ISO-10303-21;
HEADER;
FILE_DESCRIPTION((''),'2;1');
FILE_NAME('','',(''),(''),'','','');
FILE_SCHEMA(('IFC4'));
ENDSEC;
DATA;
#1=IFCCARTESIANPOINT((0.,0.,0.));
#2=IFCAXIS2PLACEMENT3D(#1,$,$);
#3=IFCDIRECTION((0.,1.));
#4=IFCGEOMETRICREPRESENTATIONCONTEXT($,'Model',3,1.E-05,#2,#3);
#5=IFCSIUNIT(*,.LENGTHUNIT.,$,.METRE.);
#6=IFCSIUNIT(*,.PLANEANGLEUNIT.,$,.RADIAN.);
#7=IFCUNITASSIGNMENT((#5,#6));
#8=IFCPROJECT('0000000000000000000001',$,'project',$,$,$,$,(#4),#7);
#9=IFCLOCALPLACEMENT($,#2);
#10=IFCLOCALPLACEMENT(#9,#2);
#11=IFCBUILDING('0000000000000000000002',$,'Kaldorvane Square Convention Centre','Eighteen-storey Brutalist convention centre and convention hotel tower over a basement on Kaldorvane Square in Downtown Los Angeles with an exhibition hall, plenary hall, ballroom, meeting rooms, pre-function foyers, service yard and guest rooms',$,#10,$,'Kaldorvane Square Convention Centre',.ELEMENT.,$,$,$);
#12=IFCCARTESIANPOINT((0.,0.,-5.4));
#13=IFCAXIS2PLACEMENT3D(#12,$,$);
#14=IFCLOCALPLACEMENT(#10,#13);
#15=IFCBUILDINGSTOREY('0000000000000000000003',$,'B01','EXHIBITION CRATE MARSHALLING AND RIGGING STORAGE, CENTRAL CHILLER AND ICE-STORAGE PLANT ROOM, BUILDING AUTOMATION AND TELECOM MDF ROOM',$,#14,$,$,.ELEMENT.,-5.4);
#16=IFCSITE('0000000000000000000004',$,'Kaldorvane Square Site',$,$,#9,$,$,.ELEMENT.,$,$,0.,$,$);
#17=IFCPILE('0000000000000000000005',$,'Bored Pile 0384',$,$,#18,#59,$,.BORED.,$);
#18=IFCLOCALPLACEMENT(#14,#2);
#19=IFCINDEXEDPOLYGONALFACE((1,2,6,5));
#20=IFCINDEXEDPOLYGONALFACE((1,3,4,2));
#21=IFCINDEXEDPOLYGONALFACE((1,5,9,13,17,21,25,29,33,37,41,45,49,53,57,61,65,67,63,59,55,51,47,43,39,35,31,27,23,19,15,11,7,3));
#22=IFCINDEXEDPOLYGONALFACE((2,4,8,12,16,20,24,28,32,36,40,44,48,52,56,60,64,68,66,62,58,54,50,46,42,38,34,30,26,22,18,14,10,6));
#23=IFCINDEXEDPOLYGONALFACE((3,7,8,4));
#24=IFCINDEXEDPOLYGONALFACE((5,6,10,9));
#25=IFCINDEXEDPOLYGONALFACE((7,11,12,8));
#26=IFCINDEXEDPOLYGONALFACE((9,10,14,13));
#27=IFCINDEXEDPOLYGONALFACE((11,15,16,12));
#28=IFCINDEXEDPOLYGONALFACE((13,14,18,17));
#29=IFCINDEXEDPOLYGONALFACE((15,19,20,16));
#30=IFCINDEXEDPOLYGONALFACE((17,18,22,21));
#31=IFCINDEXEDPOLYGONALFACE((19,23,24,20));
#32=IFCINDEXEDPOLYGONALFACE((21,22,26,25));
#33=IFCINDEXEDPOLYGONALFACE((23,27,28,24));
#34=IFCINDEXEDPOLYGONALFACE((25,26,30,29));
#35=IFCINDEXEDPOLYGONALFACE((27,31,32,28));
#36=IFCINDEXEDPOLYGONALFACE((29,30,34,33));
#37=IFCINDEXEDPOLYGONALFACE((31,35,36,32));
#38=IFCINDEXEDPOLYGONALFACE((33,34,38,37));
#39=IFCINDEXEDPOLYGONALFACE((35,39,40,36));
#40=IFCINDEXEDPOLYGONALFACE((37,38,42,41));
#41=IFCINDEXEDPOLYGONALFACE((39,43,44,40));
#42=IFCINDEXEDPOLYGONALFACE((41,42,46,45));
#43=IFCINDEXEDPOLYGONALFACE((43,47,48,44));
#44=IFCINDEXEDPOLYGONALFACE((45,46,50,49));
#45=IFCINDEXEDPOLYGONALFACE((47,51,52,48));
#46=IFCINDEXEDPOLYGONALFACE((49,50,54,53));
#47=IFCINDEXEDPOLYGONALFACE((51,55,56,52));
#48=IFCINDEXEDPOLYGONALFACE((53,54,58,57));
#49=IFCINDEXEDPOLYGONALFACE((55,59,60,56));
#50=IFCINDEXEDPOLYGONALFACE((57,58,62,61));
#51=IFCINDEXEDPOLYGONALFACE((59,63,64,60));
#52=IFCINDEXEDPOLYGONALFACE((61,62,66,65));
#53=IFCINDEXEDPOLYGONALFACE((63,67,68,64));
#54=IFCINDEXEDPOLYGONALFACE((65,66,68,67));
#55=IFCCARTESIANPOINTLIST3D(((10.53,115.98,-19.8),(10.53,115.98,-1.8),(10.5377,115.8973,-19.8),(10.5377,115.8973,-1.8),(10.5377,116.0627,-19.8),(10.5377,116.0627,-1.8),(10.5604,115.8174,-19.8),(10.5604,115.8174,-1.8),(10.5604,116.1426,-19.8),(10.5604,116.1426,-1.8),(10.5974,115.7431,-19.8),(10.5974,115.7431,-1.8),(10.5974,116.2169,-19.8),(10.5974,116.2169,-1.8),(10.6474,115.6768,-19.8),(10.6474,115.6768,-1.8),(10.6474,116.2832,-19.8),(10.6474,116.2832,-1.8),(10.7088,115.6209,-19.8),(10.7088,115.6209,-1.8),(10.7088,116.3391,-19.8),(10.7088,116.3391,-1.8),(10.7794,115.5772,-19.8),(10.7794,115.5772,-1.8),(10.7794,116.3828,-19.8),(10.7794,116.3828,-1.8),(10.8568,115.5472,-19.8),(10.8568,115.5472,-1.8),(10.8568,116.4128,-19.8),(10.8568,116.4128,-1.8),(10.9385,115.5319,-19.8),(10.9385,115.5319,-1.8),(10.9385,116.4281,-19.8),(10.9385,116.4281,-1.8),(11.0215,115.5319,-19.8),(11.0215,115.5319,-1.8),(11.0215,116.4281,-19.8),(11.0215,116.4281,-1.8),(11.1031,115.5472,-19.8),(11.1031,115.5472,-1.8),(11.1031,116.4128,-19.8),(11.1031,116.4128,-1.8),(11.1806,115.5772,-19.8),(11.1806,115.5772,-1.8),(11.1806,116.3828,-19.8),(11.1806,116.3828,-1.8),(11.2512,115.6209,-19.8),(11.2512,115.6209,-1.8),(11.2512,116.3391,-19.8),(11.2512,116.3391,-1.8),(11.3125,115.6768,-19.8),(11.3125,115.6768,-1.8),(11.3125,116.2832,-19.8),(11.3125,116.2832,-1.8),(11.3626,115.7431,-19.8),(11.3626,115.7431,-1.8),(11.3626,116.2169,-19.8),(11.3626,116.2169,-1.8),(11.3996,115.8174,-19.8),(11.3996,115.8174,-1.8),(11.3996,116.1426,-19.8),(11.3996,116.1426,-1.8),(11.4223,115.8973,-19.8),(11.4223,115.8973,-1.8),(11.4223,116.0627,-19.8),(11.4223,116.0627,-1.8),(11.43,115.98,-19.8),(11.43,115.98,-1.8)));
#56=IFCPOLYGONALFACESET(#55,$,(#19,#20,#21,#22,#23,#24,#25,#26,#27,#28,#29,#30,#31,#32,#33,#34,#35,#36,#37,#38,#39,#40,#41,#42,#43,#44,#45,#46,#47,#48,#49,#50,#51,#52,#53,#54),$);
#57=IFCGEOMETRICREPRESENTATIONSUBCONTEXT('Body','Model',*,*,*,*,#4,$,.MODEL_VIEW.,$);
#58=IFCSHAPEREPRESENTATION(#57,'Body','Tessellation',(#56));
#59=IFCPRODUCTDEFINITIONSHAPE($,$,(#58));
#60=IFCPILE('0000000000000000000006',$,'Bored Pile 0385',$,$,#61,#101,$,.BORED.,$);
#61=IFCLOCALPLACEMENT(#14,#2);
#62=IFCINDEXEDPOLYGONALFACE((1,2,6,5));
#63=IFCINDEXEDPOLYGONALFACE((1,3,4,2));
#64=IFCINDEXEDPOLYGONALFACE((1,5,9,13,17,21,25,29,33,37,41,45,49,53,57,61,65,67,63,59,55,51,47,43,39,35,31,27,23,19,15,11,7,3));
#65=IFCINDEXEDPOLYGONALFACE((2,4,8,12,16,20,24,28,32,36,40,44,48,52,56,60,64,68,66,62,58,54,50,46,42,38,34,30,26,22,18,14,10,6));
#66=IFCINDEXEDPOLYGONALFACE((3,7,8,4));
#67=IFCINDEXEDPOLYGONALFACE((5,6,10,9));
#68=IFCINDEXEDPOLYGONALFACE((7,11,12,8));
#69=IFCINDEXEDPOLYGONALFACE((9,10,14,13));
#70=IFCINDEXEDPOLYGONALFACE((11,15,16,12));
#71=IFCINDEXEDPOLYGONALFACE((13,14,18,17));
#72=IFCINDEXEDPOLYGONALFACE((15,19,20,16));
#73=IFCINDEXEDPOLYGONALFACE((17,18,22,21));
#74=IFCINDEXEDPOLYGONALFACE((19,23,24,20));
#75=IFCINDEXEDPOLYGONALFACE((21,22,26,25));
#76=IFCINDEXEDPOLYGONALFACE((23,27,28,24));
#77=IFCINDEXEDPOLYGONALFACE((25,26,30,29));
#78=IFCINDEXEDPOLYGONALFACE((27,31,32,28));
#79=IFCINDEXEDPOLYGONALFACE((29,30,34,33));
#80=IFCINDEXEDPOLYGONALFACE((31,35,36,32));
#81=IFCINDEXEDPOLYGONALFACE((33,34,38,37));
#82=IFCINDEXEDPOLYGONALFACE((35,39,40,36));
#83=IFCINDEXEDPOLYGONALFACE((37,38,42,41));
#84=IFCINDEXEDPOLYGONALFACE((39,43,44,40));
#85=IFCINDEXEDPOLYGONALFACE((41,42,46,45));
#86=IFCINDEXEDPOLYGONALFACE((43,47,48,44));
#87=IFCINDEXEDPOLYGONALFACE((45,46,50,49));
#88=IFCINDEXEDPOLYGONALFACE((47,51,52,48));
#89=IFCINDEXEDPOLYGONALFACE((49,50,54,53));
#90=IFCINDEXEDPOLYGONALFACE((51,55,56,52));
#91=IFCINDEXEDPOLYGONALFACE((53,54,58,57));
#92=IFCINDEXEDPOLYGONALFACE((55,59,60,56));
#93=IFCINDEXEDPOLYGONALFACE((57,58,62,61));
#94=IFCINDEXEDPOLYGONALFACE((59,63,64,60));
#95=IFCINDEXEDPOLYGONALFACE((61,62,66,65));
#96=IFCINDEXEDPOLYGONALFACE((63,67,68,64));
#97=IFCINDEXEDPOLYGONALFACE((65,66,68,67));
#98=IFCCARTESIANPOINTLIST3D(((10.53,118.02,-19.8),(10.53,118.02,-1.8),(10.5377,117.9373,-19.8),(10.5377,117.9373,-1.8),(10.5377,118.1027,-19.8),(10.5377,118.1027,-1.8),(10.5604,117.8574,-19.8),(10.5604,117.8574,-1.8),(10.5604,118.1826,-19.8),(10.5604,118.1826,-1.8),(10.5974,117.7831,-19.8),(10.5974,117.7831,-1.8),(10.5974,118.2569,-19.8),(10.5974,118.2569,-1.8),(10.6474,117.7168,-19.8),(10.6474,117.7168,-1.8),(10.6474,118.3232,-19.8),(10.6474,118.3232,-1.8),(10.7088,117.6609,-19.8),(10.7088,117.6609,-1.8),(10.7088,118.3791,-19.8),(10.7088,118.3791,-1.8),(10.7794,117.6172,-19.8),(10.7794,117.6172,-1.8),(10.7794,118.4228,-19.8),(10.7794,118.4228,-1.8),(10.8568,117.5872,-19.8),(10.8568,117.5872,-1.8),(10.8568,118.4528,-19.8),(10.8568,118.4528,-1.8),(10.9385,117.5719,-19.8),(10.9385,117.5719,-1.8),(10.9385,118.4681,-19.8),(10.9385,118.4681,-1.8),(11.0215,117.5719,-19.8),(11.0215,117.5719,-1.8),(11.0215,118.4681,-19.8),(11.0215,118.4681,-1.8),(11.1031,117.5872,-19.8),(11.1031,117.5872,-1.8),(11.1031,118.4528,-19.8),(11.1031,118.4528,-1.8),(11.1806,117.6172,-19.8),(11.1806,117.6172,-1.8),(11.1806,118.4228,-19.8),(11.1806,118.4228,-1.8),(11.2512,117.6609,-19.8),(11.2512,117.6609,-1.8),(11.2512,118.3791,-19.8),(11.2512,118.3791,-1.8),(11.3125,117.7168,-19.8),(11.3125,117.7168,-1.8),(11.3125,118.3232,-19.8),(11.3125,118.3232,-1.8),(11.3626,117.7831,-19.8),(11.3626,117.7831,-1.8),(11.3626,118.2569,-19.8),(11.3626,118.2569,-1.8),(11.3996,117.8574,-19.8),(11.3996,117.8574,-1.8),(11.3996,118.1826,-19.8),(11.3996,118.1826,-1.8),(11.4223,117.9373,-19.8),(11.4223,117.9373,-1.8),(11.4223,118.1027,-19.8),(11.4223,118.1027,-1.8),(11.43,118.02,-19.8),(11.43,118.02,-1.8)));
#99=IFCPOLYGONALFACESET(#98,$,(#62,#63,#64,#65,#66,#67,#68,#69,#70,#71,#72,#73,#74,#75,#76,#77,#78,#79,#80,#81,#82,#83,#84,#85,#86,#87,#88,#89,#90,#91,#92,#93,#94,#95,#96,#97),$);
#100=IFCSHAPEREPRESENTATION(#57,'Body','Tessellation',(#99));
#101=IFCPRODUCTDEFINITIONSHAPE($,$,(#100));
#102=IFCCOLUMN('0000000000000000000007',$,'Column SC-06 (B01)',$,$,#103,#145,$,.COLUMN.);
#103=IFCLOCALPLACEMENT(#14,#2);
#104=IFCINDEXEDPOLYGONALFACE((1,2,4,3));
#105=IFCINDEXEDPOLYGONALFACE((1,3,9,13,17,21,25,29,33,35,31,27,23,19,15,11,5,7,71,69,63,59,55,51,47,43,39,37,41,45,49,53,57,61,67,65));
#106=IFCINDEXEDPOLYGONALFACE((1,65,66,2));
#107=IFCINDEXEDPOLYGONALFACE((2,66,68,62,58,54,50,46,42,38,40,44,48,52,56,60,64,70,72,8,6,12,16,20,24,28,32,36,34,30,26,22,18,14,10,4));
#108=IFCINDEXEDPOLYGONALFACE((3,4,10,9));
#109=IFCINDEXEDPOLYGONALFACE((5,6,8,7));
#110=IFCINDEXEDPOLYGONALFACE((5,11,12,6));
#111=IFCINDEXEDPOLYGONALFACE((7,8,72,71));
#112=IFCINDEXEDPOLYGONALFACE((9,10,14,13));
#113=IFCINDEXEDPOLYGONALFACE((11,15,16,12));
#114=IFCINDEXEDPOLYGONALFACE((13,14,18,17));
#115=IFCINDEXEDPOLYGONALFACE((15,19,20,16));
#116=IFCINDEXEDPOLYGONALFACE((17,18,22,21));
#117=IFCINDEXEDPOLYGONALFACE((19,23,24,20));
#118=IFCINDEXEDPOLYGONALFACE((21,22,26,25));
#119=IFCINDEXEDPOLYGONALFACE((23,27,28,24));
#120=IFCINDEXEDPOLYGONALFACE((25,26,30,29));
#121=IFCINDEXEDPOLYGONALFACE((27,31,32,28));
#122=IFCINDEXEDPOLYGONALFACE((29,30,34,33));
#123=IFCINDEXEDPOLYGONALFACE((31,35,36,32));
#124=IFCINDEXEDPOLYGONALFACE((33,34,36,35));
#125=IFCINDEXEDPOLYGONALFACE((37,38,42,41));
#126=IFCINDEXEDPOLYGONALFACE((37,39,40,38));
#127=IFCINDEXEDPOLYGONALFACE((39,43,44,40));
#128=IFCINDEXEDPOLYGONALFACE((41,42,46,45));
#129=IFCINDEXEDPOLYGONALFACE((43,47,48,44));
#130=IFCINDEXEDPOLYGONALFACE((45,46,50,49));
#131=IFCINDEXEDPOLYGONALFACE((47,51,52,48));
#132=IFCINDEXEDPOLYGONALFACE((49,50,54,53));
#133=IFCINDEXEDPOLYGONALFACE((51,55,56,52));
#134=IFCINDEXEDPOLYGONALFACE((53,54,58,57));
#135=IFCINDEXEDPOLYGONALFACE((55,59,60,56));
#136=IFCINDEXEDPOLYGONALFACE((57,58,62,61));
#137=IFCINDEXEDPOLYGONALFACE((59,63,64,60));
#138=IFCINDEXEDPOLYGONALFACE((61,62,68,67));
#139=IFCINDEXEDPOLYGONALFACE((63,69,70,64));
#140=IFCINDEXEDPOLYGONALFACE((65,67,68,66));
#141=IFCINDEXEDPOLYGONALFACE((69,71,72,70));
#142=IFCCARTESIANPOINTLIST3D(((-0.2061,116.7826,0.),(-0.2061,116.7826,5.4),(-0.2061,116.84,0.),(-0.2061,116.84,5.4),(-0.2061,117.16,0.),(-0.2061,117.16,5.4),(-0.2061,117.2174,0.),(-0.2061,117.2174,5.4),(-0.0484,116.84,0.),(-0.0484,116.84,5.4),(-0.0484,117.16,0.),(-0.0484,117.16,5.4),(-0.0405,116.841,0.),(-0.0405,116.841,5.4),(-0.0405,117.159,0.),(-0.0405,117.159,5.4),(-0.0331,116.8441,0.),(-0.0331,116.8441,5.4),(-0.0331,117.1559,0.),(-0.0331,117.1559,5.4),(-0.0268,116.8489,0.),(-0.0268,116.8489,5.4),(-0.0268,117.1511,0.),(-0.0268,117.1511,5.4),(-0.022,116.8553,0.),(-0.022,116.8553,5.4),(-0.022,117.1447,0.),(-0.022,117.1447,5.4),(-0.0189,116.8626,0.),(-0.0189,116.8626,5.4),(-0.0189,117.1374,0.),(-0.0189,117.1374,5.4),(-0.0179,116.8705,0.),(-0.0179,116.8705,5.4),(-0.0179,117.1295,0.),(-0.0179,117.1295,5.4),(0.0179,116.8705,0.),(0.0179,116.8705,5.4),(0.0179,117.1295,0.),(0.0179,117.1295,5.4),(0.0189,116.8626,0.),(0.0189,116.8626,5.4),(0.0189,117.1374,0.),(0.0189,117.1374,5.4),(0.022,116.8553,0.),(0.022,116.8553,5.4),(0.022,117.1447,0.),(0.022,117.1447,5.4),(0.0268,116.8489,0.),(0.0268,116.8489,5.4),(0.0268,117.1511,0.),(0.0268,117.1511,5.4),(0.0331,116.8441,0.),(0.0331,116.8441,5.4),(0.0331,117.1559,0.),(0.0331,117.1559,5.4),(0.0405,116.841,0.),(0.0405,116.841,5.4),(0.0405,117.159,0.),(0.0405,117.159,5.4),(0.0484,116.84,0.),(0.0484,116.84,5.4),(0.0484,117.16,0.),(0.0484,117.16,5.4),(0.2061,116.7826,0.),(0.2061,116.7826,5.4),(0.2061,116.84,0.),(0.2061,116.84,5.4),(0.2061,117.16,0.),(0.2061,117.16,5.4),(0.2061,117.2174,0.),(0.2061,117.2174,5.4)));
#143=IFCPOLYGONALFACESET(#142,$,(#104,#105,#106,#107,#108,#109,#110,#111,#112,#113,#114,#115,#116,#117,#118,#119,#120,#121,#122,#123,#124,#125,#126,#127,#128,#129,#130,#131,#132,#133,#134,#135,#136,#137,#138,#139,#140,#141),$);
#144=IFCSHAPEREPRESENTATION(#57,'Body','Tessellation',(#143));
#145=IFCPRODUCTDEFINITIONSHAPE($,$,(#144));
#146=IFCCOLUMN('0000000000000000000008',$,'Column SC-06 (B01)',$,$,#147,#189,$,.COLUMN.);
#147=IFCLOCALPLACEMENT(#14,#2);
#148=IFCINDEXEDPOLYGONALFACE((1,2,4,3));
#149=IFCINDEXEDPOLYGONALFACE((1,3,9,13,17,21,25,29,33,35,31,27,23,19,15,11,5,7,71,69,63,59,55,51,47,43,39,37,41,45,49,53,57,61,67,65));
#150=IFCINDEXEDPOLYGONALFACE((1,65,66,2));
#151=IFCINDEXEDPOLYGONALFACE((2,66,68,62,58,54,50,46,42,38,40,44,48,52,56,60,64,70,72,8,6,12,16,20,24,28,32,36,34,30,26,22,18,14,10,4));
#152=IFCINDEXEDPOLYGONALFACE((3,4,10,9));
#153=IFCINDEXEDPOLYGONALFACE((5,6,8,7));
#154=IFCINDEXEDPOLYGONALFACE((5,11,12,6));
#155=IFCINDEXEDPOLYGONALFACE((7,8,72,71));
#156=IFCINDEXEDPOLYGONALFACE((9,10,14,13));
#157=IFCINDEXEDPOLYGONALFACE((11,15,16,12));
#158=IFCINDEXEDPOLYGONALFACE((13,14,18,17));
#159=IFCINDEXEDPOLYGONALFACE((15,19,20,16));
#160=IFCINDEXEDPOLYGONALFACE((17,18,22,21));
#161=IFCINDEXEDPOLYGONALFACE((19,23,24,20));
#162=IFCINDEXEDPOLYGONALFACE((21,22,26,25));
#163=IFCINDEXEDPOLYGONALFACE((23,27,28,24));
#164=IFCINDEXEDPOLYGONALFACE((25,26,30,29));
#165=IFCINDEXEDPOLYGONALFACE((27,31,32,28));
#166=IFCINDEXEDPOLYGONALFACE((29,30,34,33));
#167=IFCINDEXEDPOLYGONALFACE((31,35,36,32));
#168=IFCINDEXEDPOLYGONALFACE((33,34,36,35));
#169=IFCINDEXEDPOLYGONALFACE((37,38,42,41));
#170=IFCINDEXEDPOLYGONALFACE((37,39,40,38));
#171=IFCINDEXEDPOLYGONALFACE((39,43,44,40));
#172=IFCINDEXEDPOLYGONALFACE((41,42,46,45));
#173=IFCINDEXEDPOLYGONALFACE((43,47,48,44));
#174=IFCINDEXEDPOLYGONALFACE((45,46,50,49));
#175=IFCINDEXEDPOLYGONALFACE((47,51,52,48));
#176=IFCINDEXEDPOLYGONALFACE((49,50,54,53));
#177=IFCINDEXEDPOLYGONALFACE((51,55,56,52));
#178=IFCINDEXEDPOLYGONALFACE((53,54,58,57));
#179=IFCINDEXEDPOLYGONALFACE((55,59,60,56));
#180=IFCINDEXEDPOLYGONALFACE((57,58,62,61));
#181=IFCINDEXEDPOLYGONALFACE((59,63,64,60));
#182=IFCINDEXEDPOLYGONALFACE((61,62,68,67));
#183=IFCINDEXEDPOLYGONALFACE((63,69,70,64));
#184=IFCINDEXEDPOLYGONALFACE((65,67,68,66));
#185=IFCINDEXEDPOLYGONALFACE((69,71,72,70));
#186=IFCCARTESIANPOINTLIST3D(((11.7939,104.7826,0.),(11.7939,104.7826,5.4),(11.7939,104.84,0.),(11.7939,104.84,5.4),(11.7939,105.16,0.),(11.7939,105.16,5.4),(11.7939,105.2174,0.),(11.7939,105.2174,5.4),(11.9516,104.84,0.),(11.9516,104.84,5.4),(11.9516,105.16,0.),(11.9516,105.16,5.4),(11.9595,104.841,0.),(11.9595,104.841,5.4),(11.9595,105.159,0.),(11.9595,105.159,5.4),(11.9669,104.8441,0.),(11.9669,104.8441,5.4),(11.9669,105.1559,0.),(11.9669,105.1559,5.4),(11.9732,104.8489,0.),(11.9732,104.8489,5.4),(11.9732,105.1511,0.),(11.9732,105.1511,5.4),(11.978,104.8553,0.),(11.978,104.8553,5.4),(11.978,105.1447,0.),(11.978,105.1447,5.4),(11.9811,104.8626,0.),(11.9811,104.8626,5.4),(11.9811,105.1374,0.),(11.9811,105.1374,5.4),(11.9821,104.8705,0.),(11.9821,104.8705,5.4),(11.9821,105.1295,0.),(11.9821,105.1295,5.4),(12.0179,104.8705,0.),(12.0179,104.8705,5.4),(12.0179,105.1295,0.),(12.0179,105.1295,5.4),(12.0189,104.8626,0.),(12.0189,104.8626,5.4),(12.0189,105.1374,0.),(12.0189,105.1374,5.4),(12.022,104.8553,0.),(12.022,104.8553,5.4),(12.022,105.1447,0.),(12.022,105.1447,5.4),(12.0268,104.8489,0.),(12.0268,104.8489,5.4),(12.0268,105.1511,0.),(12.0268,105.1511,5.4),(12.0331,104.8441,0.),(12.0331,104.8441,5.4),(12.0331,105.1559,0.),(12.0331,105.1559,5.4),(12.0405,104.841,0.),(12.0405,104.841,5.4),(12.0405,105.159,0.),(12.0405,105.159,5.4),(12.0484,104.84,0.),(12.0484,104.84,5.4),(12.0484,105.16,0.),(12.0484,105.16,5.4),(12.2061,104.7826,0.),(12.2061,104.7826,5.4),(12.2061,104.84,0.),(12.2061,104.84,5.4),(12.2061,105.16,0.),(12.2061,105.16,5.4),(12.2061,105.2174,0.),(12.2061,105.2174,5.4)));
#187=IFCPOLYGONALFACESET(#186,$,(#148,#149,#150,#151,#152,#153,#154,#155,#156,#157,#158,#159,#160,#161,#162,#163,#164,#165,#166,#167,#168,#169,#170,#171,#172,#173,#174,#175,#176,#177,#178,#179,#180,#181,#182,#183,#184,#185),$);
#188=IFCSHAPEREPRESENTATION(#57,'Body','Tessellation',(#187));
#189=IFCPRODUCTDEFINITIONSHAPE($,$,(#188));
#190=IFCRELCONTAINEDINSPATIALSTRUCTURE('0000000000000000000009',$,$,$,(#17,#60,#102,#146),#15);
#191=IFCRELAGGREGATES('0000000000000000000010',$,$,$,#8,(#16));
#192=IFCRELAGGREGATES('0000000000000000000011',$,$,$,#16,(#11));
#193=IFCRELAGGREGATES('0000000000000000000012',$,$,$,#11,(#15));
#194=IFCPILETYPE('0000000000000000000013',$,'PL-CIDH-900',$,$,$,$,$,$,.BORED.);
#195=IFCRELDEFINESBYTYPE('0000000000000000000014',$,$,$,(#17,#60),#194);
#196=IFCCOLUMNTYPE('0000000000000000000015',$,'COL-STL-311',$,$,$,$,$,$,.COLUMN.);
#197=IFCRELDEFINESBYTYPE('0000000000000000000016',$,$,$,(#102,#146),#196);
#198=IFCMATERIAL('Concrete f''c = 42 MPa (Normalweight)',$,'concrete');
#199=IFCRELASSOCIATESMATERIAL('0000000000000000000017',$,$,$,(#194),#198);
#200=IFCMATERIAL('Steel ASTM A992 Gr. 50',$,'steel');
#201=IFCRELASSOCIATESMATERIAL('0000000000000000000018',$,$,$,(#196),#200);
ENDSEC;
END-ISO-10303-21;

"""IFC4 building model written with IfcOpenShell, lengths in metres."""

from ifc_helpers import new_model, si_unit, direction, frame, origin, origin_2d, place, context, subcontext, project, spatial, circle, i_section, extrude, material, material_profile, profile_set, type_object, element, save


model = new_model("IFC4")

# Units and contexts
model_context = context("Model", 3, precision=1e-05, world=origin(), true_north=direction((0.0, 1.0)))
body_context = subcontext(model_context, "Body", "Model", "MODEL_VIEW")
ifc_project = project(units=[si_unit("LENGTHUNIT", "METRE"), si_unit("PLANEANGLEUNIT", "RADIAN")], contexts=[model_context])

# Site, building, storey
site_placement = place(None, origin())
site = spatial("IfcSite", under=ifc_project, at=site_placement, Name="Kaldorvane Square Site", CompositionType="ELEMENT", RefElevation=0.0)
building_placement = place(site_placement, origin())
building = spatial("IfcBuilding", under=site, at=building_placement, Name="Kaldorvane Square Convention Centre", Description="Eighteen-storey Brutalist convention centre and convention hotel tower over a basement on Kaldorvane Square in Downtown Los Angeles with an exhibition hall, plenary hall, ballroom, meeting rooms, pre-function foyers, service yard and guest rooms", LongName="Kaldorvane Square Convention Centre", CompositionType="ELEMENT")
storey_placement = place(building_placement, frame((0.0, 0.0, -5.4)))
storey = spatial("IfcBuildingStorey", under=building, at=storey_placement, Name="B01", Description="EXHIBITION CRATE MARSHALLING AND RIGGING STORAGE, CENTRAL CHILLER AND ICE-STORAGE PLANT ROOM, BUILDING AUTOMATION AND TELECOM MDF ROOM", CompositionType="ELEMENT", Elevation=-5.4)

# Shared definitions
ifc_material_1 = material(Name="Concrete f'c = 42 MPa (Normalweight)", Category="concrete")

# Piles
ifc_material_profile_1 = material_profile(ifc_material_1, circle(Radius=0.45, at=origin_2d()), Name="PILE-D900")
ifc_profile_set_1 = profile_set([ifc_material_profile_1], Name="Concrete f'c = 42 MPa (Normalweight)")
pile_type = type_object("IfcPileType", Name="PL-CIDH-900", PredefinedType="BORED", material=ifc_profile_set_1)
for number, where, z_axis, x_axis, name in (
    (1, (10.98, 115.98, -1.8), (0.0, 0.0, -1.0), (1.0, 0.0, 0.0), "Bored Pile 0384"),
    (2, (10.98, 118.02, -1.8), (0.0, 0.0, -1.0), (1.0, 0.0, 0.0), "Bored Pile 0385"),
):
    element("IfcPile", number, at=place(storey_placement, frame(where, z_axis=z_axis, x_axis=x_axis)), inside=storey, type_object=pile_type, Name=name, PredefinedType="BORED", context=body_context, shape_type="SweptSolid", body=[
        extrude(circle(Radius=0.45, at=origin_2d()), origin(), (0.0, 0.0, 1.0), 18.0),
    ])

# Columns
ifc_material_2 = material(Name="Steel ASTM A992 Gr. 50", Category="steel")
ifc_material_profile_2 = material_profile(ifc_material_2, i_section(OverallWidth=0.4122, OverallDepth=0.4348, WebThickness=0.0358, FlangeThickness=0.0574, FilletRadius=0.0305, at=origin_2d()), Name="W14X311")
ifc_profile_set_2 = profile_set([ifc_material_profile_2], Name="Steel ASTM A992 Gr. 50")
column_type = type_object("IfcColumnType", Name="COL-STL-311", PredefinedType="COLUMN", material=ifc_profile_set_2)
for number, where, z_axis, x_axis, name in (
    (3, (0.0, 117.0, 0.0), (0.0, 0.0, 1.0), (1.0, 0.0, 0.0), "Column SC-06 (B01)"),
    (4, (12.0, 105.0, 0.0), (0.0, 0.0, 1.0), (1.0, 0.0, 0.0), "Column SC-06 (B01)"),
):
    element("IfcColumn", number, at=place(storey_placement, frame(where, z_axis=z_axis, x_axis=x_axis)), inside=storey, type_object=column_type, Name=name, PredefinedType="COLUMN", context=body_context, shape_type="SweptSolid", body=[
        extrude(i_section(OverallWidth=0.4122, OverallDepth=0.4348, WebThickness=0.0358, FlangeThickness=0.0574, FilletRadius=0.0305, at=origin_2d()), origin(), (0.0, 0.0, 1.0), 5.4),
    ])

save(model, "model.ifc")
